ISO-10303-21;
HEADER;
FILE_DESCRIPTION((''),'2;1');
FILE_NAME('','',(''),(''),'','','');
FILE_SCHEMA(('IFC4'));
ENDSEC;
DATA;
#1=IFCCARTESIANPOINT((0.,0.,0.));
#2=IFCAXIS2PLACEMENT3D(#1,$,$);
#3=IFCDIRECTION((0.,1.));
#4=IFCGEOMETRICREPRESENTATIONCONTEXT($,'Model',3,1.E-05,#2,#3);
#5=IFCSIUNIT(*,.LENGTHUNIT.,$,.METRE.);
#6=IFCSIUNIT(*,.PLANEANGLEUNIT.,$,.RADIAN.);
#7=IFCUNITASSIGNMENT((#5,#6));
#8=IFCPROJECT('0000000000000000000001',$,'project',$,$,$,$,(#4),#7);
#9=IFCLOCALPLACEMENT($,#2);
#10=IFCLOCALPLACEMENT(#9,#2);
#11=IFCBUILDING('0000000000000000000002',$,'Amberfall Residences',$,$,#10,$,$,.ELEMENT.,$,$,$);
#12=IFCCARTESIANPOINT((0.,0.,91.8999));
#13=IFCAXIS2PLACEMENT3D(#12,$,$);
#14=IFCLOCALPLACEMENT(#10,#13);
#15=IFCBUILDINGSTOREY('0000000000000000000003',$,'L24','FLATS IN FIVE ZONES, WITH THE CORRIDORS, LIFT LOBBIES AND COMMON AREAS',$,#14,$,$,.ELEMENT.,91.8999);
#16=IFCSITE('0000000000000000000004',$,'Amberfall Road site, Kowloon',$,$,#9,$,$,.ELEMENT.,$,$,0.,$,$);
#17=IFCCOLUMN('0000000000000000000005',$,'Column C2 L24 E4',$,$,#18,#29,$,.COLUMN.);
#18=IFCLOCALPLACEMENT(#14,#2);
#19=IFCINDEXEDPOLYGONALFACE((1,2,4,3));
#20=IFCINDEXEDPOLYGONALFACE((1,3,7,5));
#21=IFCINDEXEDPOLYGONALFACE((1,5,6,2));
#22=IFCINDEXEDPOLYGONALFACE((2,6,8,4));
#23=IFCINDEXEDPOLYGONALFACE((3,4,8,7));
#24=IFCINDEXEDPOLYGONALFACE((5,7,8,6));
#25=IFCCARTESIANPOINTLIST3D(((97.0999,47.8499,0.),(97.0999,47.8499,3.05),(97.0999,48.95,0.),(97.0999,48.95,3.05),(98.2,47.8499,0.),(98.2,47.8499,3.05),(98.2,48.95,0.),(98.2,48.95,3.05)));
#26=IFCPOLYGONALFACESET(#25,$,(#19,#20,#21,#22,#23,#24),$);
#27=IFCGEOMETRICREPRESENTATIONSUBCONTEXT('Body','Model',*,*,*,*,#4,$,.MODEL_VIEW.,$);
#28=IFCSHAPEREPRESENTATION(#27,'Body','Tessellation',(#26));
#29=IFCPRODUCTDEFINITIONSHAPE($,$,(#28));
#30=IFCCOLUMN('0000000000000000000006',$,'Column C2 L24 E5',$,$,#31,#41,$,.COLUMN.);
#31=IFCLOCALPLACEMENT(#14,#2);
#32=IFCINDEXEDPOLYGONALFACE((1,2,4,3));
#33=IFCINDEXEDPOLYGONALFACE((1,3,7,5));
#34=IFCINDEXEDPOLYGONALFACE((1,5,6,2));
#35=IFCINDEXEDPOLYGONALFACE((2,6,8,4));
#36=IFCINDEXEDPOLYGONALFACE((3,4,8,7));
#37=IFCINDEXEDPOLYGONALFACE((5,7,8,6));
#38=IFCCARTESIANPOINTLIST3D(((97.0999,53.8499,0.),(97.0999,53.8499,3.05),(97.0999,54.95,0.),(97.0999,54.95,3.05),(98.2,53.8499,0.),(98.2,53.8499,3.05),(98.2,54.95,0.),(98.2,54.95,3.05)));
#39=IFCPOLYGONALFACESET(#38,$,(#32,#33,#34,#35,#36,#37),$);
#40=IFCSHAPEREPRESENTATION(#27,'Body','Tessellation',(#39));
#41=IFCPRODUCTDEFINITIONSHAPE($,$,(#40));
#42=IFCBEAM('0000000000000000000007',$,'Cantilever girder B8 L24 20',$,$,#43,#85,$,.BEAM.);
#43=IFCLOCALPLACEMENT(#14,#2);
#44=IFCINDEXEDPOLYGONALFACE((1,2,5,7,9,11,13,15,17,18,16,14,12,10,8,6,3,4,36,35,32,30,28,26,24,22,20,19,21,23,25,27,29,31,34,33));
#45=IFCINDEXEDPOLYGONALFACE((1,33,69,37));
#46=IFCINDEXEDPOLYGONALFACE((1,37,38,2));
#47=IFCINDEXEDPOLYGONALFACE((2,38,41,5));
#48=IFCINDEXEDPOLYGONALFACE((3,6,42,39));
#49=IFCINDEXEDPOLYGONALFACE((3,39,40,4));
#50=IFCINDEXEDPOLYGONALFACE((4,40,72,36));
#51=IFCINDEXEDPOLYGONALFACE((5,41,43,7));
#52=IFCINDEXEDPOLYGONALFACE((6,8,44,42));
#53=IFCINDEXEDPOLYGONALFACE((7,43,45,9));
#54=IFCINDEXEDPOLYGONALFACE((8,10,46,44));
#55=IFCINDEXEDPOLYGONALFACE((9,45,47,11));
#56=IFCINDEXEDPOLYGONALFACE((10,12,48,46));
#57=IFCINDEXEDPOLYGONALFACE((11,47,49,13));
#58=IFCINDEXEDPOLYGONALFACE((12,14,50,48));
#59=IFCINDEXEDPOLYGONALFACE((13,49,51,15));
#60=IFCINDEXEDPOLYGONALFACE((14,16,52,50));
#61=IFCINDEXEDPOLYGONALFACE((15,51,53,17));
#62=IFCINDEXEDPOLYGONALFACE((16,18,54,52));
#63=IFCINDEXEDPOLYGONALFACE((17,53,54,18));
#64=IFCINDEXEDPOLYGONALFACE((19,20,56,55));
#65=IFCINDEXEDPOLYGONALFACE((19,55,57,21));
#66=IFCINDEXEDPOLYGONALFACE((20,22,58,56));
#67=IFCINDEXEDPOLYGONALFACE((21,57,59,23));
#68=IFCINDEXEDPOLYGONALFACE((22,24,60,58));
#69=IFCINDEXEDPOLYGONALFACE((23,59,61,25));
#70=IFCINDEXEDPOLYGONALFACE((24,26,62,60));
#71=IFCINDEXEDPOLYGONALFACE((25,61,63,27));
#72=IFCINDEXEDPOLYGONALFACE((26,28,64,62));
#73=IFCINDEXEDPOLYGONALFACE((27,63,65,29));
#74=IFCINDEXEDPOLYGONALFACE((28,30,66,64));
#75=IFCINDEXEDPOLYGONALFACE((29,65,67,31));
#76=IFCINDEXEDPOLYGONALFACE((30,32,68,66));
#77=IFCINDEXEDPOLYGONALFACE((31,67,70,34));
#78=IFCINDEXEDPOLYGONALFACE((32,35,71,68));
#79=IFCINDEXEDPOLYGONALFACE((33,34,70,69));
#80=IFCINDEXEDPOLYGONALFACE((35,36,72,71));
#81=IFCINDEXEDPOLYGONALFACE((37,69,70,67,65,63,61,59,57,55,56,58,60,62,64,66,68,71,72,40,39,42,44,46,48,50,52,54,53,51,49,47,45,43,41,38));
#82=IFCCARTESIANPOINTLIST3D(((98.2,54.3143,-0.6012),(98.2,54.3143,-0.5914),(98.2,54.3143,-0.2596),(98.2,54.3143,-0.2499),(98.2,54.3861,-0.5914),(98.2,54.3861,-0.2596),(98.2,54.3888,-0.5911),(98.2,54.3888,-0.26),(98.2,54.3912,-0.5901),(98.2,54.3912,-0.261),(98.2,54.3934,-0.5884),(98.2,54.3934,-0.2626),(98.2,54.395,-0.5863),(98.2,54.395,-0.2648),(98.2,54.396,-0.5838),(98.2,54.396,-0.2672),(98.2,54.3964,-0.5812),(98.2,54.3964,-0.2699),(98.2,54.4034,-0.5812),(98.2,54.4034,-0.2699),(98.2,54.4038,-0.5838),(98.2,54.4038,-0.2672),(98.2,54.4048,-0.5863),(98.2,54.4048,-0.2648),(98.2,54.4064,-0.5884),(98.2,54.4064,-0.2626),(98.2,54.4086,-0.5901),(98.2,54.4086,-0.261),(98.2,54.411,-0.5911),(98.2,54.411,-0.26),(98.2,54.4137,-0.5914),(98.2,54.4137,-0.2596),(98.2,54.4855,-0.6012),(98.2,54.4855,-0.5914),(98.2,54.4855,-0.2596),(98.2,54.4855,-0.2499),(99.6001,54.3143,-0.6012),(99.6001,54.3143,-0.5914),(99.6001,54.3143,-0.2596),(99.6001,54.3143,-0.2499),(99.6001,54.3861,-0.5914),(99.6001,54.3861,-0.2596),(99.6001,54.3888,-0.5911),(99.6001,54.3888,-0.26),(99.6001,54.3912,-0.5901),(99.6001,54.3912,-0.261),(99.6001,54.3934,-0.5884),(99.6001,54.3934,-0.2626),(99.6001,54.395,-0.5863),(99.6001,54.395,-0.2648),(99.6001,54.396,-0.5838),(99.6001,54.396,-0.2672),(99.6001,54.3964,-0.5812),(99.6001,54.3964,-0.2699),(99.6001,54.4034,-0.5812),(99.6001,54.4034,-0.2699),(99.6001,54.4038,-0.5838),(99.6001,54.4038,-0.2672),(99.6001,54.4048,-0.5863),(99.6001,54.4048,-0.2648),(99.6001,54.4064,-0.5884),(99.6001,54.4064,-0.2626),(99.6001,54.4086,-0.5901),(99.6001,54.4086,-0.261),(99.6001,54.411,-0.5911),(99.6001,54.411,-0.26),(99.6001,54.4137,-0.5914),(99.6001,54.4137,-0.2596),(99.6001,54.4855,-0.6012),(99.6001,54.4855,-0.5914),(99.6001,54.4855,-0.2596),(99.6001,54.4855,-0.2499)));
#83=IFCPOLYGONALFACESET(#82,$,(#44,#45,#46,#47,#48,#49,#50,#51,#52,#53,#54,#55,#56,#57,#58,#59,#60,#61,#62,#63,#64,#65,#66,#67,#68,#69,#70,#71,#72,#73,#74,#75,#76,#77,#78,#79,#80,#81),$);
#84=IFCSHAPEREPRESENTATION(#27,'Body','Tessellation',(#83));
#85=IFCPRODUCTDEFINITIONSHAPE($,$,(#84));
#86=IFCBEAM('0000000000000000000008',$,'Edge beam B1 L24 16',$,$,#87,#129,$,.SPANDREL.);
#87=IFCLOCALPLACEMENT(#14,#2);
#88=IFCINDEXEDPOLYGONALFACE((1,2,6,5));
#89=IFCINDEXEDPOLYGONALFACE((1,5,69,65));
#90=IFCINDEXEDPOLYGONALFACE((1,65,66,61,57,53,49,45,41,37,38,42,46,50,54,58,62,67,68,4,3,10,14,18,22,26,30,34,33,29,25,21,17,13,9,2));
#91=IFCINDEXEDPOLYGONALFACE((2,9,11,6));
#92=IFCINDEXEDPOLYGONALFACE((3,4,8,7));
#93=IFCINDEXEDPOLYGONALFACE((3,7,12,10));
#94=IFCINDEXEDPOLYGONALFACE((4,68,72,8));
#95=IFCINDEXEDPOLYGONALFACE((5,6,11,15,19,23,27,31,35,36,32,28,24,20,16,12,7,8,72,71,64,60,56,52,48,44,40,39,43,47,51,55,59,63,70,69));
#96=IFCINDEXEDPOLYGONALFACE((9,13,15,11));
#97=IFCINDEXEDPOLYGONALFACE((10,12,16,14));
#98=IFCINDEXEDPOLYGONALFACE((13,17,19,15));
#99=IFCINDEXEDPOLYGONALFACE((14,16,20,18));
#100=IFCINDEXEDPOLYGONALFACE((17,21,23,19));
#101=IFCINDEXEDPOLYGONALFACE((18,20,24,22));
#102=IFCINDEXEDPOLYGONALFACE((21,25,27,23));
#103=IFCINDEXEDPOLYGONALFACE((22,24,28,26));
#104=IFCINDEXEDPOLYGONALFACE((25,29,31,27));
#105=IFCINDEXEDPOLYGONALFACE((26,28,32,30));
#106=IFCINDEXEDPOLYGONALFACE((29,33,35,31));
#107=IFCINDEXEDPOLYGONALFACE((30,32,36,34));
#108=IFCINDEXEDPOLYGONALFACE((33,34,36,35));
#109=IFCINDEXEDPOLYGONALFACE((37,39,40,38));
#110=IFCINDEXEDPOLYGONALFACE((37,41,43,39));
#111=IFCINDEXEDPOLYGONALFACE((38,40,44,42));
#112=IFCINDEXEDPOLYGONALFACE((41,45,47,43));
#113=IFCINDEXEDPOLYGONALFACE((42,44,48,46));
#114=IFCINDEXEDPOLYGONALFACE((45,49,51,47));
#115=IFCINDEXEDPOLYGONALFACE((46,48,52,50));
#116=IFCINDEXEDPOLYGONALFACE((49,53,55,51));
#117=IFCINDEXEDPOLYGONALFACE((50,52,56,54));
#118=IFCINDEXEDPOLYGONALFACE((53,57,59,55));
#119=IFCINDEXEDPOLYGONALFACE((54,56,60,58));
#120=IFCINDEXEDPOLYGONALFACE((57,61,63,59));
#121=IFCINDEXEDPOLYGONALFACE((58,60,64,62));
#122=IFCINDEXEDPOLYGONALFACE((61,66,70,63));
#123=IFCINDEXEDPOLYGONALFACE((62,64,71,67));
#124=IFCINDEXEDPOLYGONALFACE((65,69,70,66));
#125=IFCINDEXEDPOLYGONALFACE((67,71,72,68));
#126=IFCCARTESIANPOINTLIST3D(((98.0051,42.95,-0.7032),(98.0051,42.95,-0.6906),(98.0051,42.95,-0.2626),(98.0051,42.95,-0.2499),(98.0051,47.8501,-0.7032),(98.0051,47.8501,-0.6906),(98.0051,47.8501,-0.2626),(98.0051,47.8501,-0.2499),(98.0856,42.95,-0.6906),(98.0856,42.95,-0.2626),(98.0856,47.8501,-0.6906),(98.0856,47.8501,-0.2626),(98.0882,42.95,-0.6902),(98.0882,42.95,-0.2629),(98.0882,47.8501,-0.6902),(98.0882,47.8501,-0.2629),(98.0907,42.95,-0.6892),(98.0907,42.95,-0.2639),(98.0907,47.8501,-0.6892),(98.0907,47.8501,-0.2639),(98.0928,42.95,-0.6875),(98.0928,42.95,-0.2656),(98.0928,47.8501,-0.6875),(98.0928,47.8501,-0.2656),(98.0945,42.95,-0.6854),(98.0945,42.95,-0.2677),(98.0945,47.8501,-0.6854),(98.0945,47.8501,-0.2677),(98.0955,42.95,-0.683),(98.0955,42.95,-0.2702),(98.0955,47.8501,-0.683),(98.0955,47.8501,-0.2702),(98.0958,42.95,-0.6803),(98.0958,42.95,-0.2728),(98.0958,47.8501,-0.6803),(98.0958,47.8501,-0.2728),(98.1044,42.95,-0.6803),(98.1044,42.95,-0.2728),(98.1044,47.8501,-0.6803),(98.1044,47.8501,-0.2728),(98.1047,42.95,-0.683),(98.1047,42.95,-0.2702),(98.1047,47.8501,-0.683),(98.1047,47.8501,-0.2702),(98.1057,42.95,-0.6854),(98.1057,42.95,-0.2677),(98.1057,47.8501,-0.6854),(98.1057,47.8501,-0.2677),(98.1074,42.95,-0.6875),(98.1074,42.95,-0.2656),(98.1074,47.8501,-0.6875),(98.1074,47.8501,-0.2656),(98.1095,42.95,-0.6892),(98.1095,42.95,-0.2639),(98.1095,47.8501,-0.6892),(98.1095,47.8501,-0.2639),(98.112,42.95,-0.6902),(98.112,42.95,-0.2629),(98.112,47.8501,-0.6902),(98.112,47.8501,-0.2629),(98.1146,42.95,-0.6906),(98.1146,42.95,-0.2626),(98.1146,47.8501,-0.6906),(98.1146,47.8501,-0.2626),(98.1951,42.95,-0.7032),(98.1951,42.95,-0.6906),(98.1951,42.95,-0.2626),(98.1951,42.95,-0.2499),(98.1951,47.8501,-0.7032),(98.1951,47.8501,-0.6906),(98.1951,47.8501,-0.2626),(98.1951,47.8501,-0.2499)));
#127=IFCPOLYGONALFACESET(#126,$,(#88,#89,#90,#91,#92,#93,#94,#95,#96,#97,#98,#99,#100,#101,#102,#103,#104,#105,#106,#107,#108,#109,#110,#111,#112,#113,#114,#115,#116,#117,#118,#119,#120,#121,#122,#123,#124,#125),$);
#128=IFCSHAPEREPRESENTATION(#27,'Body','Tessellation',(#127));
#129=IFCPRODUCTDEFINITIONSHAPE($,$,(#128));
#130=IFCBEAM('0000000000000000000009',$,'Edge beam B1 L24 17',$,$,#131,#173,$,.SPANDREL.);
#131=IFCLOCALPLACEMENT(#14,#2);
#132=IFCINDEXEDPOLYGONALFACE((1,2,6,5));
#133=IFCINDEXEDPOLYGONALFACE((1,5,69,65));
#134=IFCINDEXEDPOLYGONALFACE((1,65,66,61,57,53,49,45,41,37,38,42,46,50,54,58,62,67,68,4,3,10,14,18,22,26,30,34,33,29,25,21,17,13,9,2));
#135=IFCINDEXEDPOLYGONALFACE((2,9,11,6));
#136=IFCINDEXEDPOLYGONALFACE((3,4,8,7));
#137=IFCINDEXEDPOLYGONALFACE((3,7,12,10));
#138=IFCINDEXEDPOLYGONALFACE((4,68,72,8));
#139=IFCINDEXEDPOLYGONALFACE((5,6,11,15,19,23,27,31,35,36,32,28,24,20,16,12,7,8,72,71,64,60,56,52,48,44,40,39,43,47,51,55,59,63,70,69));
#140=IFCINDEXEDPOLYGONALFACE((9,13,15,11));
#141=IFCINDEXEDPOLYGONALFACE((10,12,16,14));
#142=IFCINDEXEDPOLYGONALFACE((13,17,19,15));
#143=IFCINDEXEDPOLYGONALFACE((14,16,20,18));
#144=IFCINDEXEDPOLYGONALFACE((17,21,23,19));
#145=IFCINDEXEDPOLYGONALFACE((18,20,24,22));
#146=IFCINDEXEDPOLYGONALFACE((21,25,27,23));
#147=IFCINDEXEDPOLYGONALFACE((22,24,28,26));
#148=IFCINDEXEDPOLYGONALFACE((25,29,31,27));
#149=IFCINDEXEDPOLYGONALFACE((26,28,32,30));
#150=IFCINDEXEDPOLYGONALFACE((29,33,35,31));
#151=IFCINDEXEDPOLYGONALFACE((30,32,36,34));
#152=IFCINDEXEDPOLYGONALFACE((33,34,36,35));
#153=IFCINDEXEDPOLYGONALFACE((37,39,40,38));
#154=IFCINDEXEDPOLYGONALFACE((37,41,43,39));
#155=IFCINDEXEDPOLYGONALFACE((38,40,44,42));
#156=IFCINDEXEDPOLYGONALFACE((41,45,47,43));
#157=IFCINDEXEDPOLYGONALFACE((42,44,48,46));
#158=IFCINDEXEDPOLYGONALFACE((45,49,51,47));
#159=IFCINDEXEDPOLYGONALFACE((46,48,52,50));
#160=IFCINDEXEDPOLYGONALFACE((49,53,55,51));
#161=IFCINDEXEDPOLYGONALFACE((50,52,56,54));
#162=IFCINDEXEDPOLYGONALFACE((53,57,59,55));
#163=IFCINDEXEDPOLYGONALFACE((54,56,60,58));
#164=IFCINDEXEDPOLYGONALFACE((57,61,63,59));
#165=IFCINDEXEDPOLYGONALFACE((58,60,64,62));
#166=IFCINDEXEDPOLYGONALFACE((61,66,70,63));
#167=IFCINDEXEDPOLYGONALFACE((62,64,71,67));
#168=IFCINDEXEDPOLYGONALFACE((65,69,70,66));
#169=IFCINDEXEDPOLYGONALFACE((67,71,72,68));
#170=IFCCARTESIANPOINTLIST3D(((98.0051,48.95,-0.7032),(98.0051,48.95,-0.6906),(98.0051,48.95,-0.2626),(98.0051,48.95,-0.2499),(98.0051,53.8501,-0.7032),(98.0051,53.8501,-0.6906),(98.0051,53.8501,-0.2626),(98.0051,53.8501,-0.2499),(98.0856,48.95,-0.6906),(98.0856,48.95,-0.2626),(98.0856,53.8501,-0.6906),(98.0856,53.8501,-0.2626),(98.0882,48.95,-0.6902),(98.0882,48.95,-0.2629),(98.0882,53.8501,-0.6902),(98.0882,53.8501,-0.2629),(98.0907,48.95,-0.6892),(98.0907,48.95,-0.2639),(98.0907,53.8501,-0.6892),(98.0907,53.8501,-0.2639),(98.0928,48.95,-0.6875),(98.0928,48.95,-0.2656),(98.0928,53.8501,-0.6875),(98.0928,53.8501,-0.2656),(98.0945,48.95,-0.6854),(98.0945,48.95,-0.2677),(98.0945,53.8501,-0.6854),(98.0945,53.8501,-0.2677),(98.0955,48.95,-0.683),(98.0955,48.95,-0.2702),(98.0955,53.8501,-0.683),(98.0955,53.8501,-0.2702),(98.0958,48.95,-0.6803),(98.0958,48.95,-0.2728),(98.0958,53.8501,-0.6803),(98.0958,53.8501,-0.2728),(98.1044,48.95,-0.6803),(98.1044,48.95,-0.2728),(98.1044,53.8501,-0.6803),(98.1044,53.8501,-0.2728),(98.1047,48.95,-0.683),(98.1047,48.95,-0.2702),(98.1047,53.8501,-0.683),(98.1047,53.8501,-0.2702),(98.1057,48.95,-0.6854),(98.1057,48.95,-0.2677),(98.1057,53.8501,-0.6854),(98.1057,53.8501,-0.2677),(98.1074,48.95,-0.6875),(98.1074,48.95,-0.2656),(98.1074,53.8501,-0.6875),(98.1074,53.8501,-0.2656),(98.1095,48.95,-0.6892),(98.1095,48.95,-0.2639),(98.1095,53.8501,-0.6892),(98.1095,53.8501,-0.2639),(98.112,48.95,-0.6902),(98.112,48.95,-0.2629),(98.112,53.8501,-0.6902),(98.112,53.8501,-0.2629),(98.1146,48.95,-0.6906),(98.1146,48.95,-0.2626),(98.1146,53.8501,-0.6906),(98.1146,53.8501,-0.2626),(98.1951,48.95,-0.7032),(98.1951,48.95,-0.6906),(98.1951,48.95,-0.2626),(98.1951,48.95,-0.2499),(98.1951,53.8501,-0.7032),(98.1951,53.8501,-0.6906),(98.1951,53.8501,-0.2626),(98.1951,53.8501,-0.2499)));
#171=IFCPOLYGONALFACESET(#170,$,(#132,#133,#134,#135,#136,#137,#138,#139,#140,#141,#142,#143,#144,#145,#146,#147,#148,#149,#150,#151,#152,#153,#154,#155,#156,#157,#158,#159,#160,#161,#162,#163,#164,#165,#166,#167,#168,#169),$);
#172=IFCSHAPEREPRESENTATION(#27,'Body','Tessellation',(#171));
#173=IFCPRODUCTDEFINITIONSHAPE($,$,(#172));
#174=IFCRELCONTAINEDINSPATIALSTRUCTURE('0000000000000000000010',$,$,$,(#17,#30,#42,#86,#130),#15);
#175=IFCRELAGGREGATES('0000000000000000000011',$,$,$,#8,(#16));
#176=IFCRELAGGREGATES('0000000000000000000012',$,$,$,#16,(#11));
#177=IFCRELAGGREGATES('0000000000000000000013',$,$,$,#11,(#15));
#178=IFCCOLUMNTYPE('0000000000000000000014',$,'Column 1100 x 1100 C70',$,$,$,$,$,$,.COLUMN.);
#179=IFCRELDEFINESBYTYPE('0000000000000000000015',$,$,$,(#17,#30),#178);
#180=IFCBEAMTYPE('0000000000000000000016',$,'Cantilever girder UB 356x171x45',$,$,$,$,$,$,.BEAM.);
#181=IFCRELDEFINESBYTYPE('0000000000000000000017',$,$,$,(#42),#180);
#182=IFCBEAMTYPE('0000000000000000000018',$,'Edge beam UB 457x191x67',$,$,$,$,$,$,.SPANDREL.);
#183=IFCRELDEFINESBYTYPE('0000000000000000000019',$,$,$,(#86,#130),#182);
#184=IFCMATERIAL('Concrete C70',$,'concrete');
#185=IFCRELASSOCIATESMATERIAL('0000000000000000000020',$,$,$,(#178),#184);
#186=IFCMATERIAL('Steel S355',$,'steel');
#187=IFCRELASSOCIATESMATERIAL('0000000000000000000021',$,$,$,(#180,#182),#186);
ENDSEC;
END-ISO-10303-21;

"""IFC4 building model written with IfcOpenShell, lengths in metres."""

from ifc_helpers import new_model, si_unit, direction, frame, origin, origin_2d, place, context, subcontext, project, spatial, rectangle, i_section, extrude, material, material_profile, profile_set, type_object, element, save


model = new_model("IFC4")

# Units and contexts
model_context = context("Model", 3, precision=1e-05, world=origin(), true_north=direction((0.0, 1.0)))
body_context = subcontext(model_context, "Body", "Model", "MODEL_VIEW")
ifc_project = project(units=[si_unit("LENGTHUNIT", "METRE"), si_unit("PLANEANGLEUNIT", "RADIAN")], contexts=[model_context])

# Site, building, storey
site_placement = place(None, origin())
site = spatial("IfcSite", under=ifc_project, at=site_placement, Name="Amberfall Road site, Kowloon", CompositionType="ELEMENT", RefElevation=0.0)
building_placement = place(site_placement, origin())
building = spatial("IfcBuilding", under=site, at=building_placement, Name="Amberfall Residences", CompositionType="ELEMENT")
storey_placement = place(building_placement, frame((0.0, 0.0, 91.8999)))
storey = spatial("IfcBuildingStorey", under=building, at=storey_placement, Name="L24", Description="FLATS IN FIVE ZONES, WITH THE CORRIDORS, LIFT LOBBIES AND COMMON AREAS", CompositionType="ELEMENT", Elevation=91.8999)

# Columns
ifc_material_1 = material(Name="Concrete C70", Category="concrete")
ifc_material_profile_1 = material_profile(ifc_material_1, rectangle(XDim=1.1001, YDim=1.1001, at=origin_2d()), Name="Column 1100 x 1100 C70")
ifc_profile_set_1 = profile_set([ifc_material_profile_1], Name="Concrete C70")
column_type = type_object("IfcColumnType", Name="Column 1100 x 1100 C70", PredefinedType="COLUMN", material=ifc_profile_set_1)
for number, where, z_axis, x_axis, name in (
    (1, (97.6499, 48.3999, 0.0), (0.0, 0.0, 1.0), (1.0, 0.0, 0.0), "Column C2 L24 E4"),
    (2, (97.6499, 54.3999, 0.0), (0.0, 0.0, 1.0), (1.0, 0.0, 0.0), "Column C2 L24 E5"),
):
    element("IfcColumn", number, at=place(storey_placement, frame(where, z_axis=z_axis, x_axis=x_axis)), inside=storey, type_object=column_type, Name=name, PredefinedType="COLUMN", context=body_context, shape_type="SweptSolid", body=[
        extrude(rectangle(XDim=1.1001, YDim=1.1001, at=origin_2d()), origin(), (0.0, 0.0, 1.0), 3.05),
    ])

# Beams
ifc_material_2 = material(Name="Steel S355", Category="steel")
ifc_material_profile_2 = material_profile(ifc_material_2, i_section(OverallWidth=0.1711, OverallDepth=0.3513, WebThickness=0.0071, FlangeThickness=0.0098, FilletRadius=0.0103, at=origin_2d()), Name="UB 356x171x45")
ifc_profile_set_2 = profile_set([ifc_material_profile_2], Name="Steel S355")
beam_type_1 = type_object("IfcBeamType", Name="Cantilever girder UB 356x171x45", PredefinedType="BEAM", material=ifc_profile_set_2)
beam_1_placement = place(storey_placement, frame((98.2, 54.3999, -0.4255), z_axis=(1.0, 0.0, 0.0), x_axis=(0.0, 1.0, 0.0)))
element("IfcBeam", 3, at=beam_1_placement, inside=storey, type_object=beam_type_1, Name="Cantilever girder B8 L24 20", PredefinedType="BEAM", context=body_context, shape_type="SweptSolid", body=[
    extrude(i_section(OverallWidth=0.1711, OverallDepth=0.3513, WebThickness=0.0071, FlangeThickness=0.0098, FilletRadius=0.0103, at=origin_2d()), origin(), (0.0, 0.0, 1.0), 1.4001),
])
ifc_material_profile_3 = material_profile(ifc_material_2, i_section(OverallWidth=0.1899, OverallDepth=0.4534, WebThickness=0.0085, FlangeThickness=0.0127, FilletRadius=0.0103, at=origin_2d()), Name="UB 457x191x67")
ifc_profile_set_3 = profile_set([ifc_material_profile_3], Name="Steel S355")
beam_type_2 = type_object("IfcBeamType", Name="Edge beam UB 457x191x67", PredefinedType="SPANDREL", material=ifc_profile_set_3)
for number, where, z_axis, x_axis, name in (
    (4, (98.1001, 42.95, -0.4766), (0.0, 1.0, 0.0), (-1.0, 0.0, 0.0), "Edge beam B1 L24 16"),
    (5, (98.1001, 48.95, -0.4766), (0.0, 1.0, 0.0), (-1.0, 0.0, 0.0), "Edge beam B1 L24 17"),
):
    element("IfcBeam", number, at=place(storey_placement, frame(where, z_axis=z_axis, x_axis=x_axis)), inside=storey, type_object=beam_type_2, Name=name, PredefinedType="SPANDREL", context=body_context, shape_type="SweptSolid", body=[
        extrude(i_section(OverallWidth=0.1899, OverallDepth=0.4534, WebThickness=0.0085, FlangeThickness=0.0127, FilletRadius=0.0103, at=origin_2d()), origin(), (0.0, 0.0, 1.0), 4.9001),
    ])

save(model, "model.ifc")
